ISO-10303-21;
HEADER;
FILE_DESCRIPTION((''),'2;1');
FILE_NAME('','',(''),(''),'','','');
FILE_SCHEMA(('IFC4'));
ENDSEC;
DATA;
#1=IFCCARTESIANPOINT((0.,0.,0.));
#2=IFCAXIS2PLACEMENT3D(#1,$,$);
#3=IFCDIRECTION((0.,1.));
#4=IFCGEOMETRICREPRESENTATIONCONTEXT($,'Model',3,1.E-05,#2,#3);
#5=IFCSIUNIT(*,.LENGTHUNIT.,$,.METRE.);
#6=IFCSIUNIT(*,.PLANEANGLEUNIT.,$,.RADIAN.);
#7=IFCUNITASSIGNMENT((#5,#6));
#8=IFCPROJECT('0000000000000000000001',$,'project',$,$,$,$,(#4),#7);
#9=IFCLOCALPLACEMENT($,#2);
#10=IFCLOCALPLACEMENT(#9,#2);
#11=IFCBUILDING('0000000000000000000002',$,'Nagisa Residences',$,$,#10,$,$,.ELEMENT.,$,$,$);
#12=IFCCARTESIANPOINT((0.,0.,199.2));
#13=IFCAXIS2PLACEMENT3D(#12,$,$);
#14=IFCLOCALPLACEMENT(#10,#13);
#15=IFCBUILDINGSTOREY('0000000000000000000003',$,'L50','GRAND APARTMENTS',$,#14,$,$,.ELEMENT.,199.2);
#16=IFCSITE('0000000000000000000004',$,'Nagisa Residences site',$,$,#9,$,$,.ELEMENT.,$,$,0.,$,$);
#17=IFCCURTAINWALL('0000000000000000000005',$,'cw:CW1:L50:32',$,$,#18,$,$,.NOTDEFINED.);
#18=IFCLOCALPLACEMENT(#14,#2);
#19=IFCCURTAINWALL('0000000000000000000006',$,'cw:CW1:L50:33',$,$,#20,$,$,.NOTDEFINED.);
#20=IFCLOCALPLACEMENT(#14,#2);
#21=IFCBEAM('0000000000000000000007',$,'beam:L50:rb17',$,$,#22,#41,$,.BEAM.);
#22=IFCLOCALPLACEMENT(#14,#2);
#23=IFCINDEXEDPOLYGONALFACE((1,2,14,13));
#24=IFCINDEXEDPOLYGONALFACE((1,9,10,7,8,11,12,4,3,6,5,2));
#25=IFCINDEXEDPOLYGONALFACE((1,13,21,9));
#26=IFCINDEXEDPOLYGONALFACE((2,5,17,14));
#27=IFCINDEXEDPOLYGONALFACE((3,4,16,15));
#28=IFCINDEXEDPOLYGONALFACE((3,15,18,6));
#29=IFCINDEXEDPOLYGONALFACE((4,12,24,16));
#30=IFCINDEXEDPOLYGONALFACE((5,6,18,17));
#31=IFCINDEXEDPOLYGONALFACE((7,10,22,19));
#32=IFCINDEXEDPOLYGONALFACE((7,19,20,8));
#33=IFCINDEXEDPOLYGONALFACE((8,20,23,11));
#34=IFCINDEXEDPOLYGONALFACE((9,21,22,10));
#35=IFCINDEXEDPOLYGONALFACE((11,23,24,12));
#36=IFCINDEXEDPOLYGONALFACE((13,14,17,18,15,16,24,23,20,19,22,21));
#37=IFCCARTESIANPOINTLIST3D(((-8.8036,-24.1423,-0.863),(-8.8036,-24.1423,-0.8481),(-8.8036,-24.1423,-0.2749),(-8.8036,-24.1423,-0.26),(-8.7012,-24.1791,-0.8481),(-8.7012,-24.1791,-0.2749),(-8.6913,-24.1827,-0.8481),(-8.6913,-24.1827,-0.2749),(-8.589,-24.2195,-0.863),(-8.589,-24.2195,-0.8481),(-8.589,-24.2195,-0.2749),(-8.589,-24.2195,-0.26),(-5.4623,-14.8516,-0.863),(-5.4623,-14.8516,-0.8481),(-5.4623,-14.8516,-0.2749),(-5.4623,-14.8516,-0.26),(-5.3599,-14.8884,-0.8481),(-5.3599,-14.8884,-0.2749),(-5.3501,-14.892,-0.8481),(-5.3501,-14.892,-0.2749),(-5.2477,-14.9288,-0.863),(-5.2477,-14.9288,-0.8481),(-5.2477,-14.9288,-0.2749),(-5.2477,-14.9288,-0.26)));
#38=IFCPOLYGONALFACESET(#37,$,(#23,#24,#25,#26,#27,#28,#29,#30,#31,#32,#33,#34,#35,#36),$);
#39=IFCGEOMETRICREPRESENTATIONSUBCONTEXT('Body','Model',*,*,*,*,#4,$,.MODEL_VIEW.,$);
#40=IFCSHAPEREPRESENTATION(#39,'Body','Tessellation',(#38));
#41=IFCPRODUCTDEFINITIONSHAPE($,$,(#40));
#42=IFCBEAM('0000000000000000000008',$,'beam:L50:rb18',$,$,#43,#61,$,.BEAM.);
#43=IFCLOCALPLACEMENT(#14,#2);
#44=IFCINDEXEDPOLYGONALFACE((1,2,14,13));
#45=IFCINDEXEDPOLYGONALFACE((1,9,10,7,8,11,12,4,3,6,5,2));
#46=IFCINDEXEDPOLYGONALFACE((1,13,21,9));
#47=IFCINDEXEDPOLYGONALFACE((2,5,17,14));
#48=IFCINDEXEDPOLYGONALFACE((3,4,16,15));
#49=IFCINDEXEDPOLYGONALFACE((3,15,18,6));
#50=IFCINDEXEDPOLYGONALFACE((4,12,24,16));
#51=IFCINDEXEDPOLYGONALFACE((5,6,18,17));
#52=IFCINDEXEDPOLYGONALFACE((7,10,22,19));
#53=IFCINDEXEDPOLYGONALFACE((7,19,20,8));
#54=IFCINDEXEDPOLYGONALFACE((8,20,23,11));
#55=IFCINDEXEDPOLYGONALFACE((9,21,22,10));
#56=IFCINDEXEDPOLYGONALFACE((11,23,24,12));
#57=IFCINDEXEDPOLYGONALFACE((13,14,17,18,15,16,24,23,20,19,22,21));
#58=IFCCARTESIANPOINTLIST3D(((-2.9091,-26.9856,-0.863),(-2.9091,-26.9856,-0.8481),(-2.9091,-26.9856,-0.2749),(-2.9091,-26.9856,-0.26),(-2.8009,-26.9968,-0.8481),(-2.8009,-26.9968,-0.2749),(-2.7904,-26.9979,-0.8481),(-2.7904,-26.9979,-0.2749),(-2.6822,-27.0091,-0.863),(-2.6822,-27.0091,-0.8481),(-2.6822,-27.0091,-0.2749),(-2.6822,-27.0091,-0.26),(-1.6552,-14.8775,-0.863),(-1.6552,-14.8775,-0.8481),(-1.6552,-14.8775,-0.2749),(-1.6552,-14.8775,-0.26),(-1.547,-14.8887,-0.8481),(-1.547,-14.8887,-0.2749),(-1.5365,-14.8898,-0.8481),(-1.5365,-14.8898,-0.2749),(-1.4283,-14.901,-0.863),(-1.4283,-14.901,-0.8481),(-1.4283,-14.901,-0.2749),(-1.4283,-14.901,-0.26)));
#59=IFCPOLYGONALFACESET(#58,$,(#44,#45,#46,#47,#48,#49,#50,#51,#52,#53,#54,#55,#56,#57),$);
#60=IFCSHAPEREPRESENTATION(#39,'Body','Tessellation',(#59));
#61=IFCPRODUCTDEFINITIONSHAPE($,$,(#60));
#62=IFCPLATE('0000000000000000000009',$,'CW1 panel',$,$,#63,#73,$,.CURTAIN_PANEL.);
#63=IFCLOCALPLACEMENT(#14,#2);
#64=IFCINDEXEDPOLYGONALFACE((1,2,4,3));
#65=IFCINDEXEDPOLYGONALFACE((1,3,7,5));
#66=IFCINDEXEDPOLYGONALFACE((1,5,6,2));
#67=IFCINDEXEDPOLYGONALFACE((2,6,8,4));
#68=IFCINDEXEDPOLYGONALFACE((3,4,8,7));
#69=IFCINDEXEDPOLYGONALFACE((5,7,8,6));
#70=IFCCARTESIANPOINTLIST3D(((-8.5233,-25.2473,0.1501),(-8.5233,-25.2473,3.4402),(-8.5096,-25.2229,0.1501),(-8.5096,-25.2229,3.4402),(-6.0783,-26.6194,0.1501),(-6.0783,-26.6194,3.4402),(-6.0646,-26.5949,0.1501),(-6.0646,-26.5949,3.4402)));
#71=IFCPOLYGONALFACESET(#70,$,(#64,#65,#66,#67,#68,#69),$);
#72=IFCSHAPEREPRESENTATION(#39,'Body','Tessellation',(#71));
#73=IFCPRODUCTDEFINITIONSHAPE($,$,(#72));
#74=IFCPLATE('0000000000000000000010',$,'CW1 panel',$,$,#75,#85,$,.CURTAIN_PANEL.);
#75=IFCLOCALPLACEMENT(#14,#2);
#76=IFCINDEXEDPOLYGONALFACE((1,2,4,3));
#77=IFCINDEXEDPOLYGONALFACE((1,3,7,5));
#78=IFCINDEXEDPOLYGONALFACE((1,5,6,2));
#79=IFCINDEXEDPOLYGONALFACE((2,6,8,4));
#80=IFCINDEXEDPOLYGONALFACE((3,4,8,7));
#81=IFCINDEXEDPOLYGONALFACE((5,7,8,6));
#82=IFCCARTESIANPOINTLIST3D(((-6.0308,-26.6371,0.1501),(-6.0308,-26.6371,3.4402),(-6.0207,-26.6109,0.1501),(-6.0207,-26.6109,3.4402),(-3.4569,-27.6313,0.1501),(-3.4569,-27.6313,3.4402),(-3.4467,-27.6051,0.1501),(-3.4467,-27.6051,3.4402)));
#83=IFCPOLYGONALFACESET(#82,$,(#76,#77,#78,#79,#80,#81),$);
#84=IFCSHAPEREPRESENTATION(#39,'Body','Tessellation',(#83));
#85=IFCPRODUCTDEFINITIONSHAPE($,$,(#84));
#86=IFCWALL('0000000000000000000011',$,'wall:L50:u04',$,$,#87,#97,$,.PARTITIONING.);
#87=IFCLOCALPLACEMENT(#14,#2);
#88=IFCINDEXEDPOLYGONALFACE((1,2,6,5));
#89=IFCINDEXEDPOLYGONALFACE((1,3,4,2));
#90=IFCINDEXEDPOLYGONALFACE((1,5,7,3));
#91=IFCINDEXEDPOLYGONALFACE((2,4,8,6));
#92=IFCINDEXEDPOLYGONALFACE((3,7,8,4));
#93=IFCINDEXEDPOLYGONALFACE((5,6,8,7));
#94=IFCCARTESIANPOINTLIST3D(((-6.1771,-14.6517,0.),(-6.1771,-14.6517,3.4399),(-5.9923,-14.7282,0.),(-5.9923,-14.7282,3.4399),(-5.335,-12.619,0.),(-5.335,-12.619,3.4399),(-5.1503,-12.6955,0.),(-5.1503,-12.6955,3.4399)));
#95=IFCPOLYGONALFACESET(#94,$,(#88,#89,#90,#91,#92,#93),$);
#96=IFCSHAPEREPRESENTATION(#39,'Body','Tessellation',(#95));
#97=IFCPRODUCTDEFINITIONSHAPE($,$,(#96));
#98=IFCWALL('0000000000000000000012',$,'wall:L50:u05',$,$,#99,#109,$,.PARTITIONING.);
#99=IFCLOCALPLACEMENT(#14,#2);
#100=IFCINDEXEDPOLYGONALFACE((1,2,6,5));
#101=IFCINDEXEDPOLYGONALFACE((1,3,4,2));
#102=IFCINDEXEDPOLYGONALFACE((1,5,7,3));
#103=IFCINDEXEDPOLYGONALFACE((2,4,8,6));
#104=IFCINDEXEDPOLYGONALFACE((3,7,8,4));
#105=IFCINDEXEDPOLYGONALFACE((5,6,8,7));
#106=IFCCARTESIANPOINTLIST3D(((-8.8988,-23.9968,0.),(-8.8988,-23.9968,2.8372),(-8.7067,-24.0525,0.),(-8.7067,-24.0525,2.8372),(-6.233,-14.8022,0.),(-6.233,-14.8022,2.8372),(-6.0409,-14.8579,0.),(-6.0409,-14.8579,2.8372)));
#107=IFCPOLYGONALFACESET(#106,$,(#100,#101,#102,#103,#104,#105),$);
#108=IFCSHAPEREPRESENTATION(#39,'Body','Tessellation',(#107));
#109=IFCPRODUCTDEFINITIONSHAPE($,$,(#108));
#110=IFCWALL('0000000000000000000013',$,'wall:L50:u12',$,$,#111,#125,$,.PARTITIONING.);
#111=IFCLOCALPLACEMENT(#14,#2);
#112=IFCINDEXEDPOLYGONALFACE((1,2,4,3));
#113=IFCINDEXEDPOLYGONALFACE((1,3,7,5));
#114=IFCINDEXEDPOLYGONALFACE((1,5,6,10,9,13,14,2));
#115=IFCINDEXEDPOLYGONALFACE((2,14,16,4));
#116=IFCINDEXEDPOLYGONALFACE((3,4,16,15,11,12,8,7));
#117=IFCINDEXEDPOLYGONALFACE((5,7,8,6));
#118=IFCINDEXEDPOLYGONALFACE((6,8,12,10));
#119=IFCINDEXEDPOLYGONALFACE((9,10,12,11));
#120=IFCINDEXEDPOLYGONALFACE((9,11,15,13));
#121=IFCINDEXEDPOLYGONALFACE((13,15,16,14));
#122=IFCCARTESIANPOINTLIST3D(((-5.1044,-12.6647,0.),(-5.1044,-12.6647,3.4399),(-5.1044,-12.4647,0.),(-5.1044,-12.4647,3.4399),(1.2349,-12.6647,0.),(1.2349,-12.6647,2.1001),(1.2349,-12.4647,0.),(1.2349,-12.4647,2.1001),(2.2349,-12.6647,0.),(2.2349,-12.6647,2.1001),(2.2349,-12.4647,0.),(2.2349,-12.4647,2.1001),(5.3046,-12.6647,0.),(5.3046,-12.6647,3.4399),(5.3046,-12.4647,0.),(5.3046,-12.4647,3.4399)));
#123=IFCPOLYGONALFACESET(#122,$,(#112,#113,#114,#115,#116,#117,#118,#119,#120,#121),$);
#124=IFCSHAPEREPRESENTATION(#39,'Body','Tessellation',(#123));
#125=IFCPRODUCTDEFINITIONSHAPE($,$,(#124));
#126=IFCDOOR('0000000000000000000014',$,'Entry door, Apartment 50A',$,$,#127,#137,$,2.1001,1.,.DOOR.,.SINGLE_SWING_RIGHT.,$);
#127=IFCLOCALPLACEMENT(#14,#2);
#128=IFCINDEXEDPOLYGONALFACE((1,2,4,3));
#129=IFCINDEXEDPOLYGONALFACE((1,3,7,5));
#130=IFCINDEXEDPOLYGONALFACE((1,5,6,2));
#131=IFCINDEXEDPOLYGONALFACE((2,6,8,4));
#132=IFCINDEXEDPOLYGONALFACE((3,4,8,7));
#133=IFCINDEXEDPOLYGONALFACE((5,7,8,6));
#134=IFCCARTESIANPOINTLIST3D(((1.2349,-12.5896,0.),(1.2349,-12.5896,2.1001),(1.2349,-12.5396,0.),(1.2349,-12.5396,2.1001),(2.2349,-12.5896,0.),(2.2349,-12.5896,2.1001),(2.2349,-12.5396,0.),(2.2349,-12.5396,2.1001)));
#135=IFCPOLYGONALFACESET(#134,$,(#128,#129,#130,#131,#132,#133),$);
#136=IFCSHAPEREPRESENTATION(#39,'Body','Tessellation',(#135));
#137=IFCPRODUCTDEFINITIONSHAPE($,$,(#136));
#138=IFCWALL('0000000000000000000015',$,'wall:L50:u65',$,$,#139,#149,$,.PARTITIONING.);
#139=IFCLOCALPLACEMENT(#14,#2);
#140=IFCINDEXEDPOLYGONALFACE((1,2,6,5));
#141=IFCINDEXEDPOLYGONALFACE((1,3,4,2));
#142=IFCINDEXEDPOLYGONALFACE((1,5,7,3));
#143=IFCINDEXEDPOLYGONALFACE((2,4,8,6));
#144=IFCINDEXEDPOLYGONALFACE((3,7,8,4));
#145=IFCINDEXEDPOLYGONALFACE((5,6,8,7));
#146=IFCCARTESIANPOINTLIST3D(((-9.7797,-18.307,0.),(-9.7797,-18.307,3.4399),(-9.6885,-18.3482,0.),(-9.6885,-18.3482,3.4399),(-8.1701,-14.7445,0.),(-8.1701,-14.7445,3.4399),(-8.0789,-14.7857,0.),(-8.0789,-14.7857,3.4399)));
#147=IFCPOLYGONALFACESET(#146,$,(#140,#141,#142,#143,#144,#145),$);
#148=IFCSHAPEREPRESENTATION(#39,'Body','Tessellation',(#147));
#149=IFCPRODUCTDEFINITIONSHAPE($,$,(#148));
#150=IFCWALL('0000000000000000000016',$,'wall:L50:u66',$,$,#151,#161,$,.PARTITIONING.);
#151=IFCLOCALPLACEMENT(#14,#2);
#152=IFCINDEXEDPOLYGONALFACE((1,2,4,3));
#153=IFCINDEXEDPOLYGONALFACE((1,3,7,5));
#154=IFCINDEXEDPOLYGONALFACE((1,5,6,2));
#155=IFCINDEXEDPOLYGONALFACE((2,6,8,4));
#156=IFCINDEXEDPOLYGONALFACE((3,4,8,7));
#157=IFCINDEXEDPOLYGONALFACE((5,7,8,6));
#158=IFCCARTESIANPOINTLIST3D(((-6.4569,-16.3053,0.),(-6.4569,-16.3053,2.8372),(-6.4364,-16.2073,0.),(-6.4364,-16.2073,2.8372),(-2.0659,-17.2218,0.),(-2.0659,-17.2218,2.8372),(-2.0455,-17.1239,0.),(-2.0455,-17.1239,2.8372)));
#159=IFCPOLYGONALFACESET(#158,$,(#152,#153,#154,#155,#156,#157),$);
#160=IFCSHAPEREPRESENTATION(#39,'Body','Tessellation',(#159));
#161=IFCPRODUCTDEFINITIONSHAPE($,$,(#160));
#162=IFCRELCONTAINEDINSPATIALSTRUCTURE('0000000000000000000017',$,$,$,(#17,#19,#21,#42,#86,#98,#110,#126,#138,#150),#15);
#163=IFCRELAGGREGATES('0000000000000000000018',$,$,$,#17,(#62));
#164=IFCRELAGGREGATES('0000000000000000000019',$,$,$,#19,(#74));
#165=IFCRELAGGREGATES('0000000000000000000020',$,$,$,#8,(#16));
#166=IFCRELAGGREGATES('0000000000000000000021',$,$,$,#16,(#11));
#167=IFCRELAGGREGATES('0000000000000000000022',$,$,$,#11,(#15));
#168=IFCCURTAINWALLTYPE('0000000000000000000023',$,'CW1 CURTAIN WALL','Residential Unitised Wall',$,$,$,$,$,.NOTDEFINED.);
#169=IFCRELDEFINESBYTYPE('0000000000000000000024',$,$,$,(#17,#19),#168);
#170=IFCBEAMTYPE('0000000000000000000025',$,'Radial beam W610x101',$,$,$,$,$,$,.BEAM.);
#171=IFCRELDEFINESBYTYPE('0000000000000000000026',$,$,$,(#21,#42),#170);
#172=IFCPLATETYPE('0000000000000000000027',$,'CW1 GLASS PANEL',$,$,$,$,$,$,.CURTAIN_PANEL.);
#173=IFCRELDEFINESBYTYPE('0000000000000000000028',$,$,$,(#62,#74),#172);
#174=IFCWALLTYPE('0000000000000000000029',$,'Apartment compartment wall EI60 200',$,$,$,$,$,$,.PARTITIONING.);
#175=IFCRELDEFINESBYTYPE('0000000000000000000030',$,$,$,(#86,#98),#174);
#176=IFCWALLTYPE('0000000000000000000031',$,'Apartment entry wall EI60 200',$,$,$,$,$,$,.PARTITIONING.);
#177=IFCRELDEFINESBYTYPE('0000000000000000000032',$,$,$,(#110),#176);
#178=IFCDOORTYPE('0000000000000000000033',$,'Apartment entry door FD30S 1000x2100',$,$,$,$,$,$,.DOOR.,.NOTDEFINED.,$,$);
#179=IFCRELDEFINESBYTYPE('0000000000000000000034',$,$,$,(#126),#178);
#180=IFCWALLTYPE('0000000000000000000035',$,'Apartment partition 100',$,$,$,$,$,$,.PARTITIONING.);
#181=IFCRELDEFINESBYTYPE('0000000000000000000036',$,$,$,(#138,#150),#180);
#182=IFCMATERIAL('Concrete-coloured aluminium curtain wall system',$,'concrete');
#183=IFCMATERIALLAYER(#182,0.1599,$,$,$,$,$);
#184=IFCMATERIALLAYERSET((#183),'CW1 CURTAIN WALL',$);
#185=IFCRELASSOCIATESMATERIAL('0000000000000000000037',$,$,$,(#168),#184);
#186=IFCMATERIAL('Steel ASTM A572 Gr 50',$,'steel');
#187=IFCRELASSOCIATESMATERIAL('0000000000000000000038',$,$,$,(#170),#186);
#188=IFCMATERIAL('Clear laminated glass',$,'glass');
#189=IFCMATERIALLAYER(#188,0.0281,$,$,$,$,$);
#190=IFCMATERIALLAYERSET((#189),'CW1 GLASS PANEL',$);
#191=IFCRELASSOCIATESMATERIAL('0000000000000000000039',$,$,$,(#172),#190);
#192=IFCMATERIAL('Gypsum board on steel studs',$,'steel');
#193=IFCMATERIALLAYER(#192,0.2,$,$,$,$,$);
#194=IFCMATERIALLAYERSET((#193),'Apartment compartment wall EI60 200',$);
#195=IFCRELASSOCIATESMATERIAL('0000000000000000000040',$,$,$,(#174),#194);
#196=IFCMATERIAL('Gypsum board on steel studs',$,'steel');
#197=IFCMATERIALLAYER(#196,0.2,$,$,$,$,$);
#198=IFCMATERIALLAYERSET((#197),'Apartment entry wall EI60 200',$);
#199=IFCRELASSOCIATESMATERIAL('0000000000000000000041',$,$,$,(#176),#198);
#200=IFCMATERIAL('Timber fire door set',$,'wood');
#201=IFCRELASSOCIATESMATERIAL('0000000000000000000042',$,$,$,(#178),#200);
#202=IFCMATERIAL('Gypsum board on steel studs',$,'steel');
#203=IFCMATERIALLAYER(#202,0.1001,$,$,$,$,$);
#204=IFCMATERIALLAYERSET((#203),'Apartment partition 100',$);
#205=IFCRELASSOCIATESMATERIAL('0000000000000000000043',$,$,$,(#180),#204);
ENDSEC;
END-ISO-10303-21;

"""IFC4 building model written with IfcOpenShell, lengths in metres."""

from ifc_helpers import new_model, si_unit, direction, frame, frame_2d, origin, origin_2d, place, context, subcontext, project, spatial, rectangle, i_section, extrude, material, layer, layer_set, material_profile, profile_set, type_object, element, fill, aggregate, save


model = new_model("IFC4")

# Units and contexts
model_context = context("Model", 3, precision=1e-05, world=origin(), true_north=direction((0.0, 1.0)))
body_context = subcontext(model_context, "Body", "Model", "MODEL_VIEW")
ifc_project = project(units=[si_unit("LENGTHUNIT", "METRE"), si_unit("PLANEANGLEUNIT", "RADIAN")], contexts=[model_context])

# Site, building, storey
site_placement = place(None, origin())
site = spatial("IfcSite", under=ifc_project, at=site_placement, Name="Nagisa Residences site", CompositionType="ELEMENT", RefElevation=0.0)
building_placement = place(site_placement, origin())
building = spatial("IfcBuilding", under=site, at=building_placement, Name="Nagisa Residences", CompositionType="ELEMENT")
storey_placement = place(building_placement, frame((0.0, 0.0, 199.2)))
storey = spatial("IfcBuildingStorey", under=building, at=storey_placement, Name="L50", Description="GRAND APARTMENTS", CompositionType="ELEMENT", Elevation=199.2)

# Curtain walls
ifc_material_1 = material(Name="Concrete-coloured aluminium curtain wall system", Category="concrete")
ifc_layer_1 = layer(ifc_material_1, 0.1599)
ifc_layer_set_1 = layer_set([ifc_layer_1], Name="CW1 CURTAIN WALL")
curtain_wall_type = type_object("IfcCurtainWallType", Name="CW1 CURTAIN WALL", Description="Residential Unitised Wall", PredefinedType="NOTDEFINED", material=ifc_layer_set_1)
curtain_wall_1_placement = place(storey_placement, origin())
curtain_wall_1 = element("IfcCurtainWall", 1, at=curtain_wall_1_placement, inside=storey, type_object=curtain_wall_type, Name="cw:CW1:L50:32", PredefinedType="NOTDEFINED")
curtain_wall_2_placement = place(storey_placement, origin())
curtain_wall_2 = element("IfcCurtainWall", 2, at=curtain_wall_2_placement, inside=storey, type_object=curtain_wall_type, Name="cw:CW1:L50:33", PredefinedType="NOTDEFINED")

# Beams
ifc_material_2 = material(Name="Steel ASTM A572 Gr 50", Category="steel")
ifc_material_profile_1 = material_profile(ifc_material_2, i_section(OverallWidth=0.228, OverallDepth=0.603, WebThickness=0.0105, FlangeThickness=0.0149, at=origin_2d()), Name="W610x101")
ifc_profile_set_1 = profile_set([ifc_material_profile_1], Name="Steel ASTM A572 Gr 50")
beam_type_1 = type_object("IfcBeamType", Name="Radial beam W610x101", PredefinedType="BEAM", material=ifc_profile_set_1)
beam_1_placement = place(storey_placement, frame((-8.6963, -24.1809, -0.5615), z_axis=(0.338417, 0.940996, 0.0), x_axis=(-0.940996, 0.338417, 0.0)))
element("IfcBeam", 3, at=beam_1_placement, inside=storey, type_object=beam_type_1, Name="beam:L50:rb17", PredefinedType="BEAM", context=body_context, shape_type="SweptSolid", body=[
    extrude(i_section(OverallWidth=0.228, OverallDepth=0.603, WebThickness=0.0105, FlangeThickness=0.0149, at=origin_2d()), origin(), (0.0, 0.0, 1.0), 9.8733),
])
beam_2_placement = place(storey_placement, frame((-2.7957, -26.9973, -0.5615), z_axis=(0.103008, 0.994681, 0.0), x_axis=(-0.994681, 0.103008, 0.0)))
element("IfcBeam", 4, at=beam_2_placement, inside=storey, type_object=beam_type_1, Name="beam:L50:rb18", PredefinedType="BEAM", context=body_context, shape_type="SweptSolid", body=[
    extrude(i_section(OverallWidth=0.228, OverallDepth=0.603, WebThickness=0.0105, FlangeThickness=0.0149, at=origin_2d()), origin(), (0.0, 0.0, 1.0), 12.1729),
])

# Plates
ifc_material_3 = material(Name="Clear laminated glass", Category="glass")
ifc_layer_2 = layer(ifc_material_3, 0.0281)
ifc_layer_set_2 = layer_set([ifc_layer_2], Name="CW1 GLASS PANEL")
plate_type = type_object("IfcPlateType", Name="CW1 GLASS PANEL", PredefinedType="CURTAIN_PANEL", material=ifc_layer_set_2)
plate_1_placement = place(storey_placement, frame((-7.2939, -25.9211, 0.1501), z_axis=(0.0, 0.0, 1.0), x_axis=(0.872072, -0.489377, 0.0)))
plate_1 = element("IfcPlate", 5, at=plate_1_placement, type_object=plate_type, Name="CW1 panel", PredefinedType="CURTAIN_PANEL", context=body_context, shape_type="SweptSolid", body=[
    extrude(rectangle(XDim=2.8037, YDim=0.0281, at=origin_2d()), origin(), (0.0, 0.0, 1.0), 3.29),
])
aggregate(curtain_wall_1, [plate_1])
plate_2_placement = place(storey_placement, frame((-4.7388, -27.1211, 0.1501), z_axis=(0.0, 0.0, 1.0), x_axis=(0.932826, -0.360328, 0.0)))
plate_2 = element("IfcPlate", 6, at=plate_2_placement, type_object=plate_type, Name="CW1 panel", PredefinedType="CURTAIN_PANEL", context=body_context, shape_type="SweptSolid", body=[
    extrude(rectangle(XDim=2.7593, YDim=0.0281, at=origin_2d()), origin(), (0.0, 0.0, 1.0), 3.29),
])
aggregate(curtain_wall_2, [plate_2])

# Walls
ifc_material_4 = material(Name="Gypsum board on steel studs", Category="steel")
ifc_layer_3 = layer(ifc_material_4, 0.2)
ifc_layer_set_3 = layer_set([ifc_layer_3], Name="Apartment compartment wall EI60 200")
wall_type_1 = type_object("IfcWallType", Name="Apartment compartment wall EI60 200", PredefinedType="PARTITIONING", material=ifc_layer_set_3)
wall_1_placement = place(storey_placement, frame((-5.2427, -12.6572, 0.0), z_axis=(0.0, 0.0, 1.0), x_axis=(-0.382708, -0.923869, 0.0)))
element("IfcWall", 7, at=wall_1_placement, inside=storey, type_object=wall_type_1, Name="wall:L50:u04", PredefinedType="PARTITIONING", context=body_context, shape_type="SweptSolid", body=[
    extrude(rectangle(XDim=2.2002, YDim=0.2, at=frame_2d((1.1001, 0.0))), origin(), (0.0, 0.0, 1.0), 3.4399),
])
wall_2_placement = place(storey_placement, frame((-6.137, -14.8301, 0.0), z_axis=(0.0, 0.0, 1.0), x_axis=(-0.278461, -0.960447, 0.0)))
element("IfcWall", 8, at=wall_2_placement, inside=storey, type_object=wall_type_1, Name="wall:L50:u05", PredefinedType="PARTITIONING", context=body_context, shape_type="SweptSolid", body=[
    extrude(rectangle(XDim=9.5732, YDim=0.2, at=frame_2d((4.7866, 0.0))), origin(), (0.0, 0.0, 1.0), 2.8372),
])

# Wall, opening, door
ifc_material_5 = material(Name="Gypsum board on steel studs", Category="steel")
ifc_layer_4 = layer(ifc_material_5, 0.2)
ifc_layer_set_4 = layer_set([ifc_layer_4], Name="Apartment entry wall EI60 200")
wall_type_2 = type_object("IfcWallType", Name="Apartment entry wall EI60 200", PredefinedType="PARTITIONING", material=ifc_layer_set_4)
wall_3_placement = place(storey_placement, frame((-5.1045, -12.5647, 0.0), z_axis=(0.0, 0.0, 1.0), x_axis=(1.0, 0.0, 0.0)))
wall_3 = element("IfcWall", 9, at=wall_3_placement, inside=storey, type_object=wall_type_2, Name="wall:L50:u12", PredefinedType="PARTITIONING", context=body_context, shape_type="SweptSolid", body=[
    extrude(rectangle(XDim=10.4089, YDim=0.2, at=frame_2d((5.2046, 0.0))), origin(), (0.0, 0.0, 1.0), 3.4399),
])
opening_1_placement = place(wall_3_placement, frame((6.3394, 0.0, 0.0)))
opening_1 = element("IfcOpeningElement", 10, at=opening_1_placement, cuts=wall_3, PredefinedType="OPENING", context=body_context, shape_type="SweptSolid", body=[
    extrude(rectangle(XDim=1.0, YDim=2.1001, at=frame_2d((0.5, 1.05))), frame((0.0, 0.1099, 0.0), z_axis=(0.0, -1.0, 0.0), x_axis=(1.0, 0.0, 0.0)), (0.0, 0.0, 1.0), 0.22),
])
ifc_material_6 = material(Name="Timber fire door set", Category="wood")
door_type_1 = type_object("IfcDoorType", Name="Apartment entry door FD30S 1000x2100", OperationType="NOTDEFINED", PredefinedType="DOOR", material=ifc_material_6)
door_1_placement = place(opening_1_placement, frame((1.0, 0.0, 0.0), x_axis=(-1.0, 0.0, 0.0)))
door_1 = element("IfcDoor", 11, at=door_1_placement, inside=storey, type_object=door_type_1, Name="Entry door, Apartment 50A", OperationType="SINGLE_SWING_RIGHT", OverallHeight=2.1001, OverallWidth=1.0, PredefinedType="DOOR", context=body_context, shape_type="SweptSolid", body=[
    extrude(rectangle(XDim=1.0, YDim=2.1001, at=frame_2d((0.5, 1.05))), frame((0.0, 0.0249, 0.0), z_axis=(0.0, -1.0, 0.0), x_axis=(1.0, 0.0, 0.0)), (0.0, 0.0, 1.0), 0.05),
])
fill(opening_1, door_1)

# Walls
ifc_material_7 = material(Name="Gypsum board on steel studs", Category="steel")
ifc_layer_5 = layer(ifc_material_7, 0.1001)
ifc_layer_set_5 = layer_set([ifc_layer_5], Name="Apartment partition 100")
wall_type_3 = type_object("IfcWallType", Name="Apartment partition 100", PredefinedType="PARTITIONING", material=ifc_layer_set_5)
wall_4_placement = place(storey_placement, frame((-8.1245, -14.7651, 0.0), z_axis=(0.0, 0.0, 1.0), x_axis=(-0.411746, -0.911299, 0.0)))
element("IfcWall", 12, at=wall_4_placement, inside=storey, type_object=wall_type_3, Name="wall:L50:u65", PredefinedType="PARTITIONING", context=body_context, shape_type="SweptSolid", body=[
    extrude(rectangle(XDim=3.9092, YDim=0.1001, at=frame_2d((1.9546, 0.0))), origin(), (0.0, 0.0, 1.0), 3.4399),
])
wall_5_placement = place(storey_placement, frame((-6.4465, -16.2563, 0.0), z_axis=(0.0, 0.0, 1.0), x_axis=(0.978903, -0.204326, 0.0)))
element("IfcWall", 13, at=wall_5_placement, inside=storey, type_object=wall_type_3, Name="wall:L50:u66", PredefinedType="PARTITIONING", context=body_context, shape_type="SweptSolid", body=[
    extrude(rectangle(XDim=4.4856, YDim=0.1001, at=frame_2d((2.2427, 0.0))), origin(), (0.0, 0.0, 1.0), 2.8372),
])

save(model, "model.ifc")
